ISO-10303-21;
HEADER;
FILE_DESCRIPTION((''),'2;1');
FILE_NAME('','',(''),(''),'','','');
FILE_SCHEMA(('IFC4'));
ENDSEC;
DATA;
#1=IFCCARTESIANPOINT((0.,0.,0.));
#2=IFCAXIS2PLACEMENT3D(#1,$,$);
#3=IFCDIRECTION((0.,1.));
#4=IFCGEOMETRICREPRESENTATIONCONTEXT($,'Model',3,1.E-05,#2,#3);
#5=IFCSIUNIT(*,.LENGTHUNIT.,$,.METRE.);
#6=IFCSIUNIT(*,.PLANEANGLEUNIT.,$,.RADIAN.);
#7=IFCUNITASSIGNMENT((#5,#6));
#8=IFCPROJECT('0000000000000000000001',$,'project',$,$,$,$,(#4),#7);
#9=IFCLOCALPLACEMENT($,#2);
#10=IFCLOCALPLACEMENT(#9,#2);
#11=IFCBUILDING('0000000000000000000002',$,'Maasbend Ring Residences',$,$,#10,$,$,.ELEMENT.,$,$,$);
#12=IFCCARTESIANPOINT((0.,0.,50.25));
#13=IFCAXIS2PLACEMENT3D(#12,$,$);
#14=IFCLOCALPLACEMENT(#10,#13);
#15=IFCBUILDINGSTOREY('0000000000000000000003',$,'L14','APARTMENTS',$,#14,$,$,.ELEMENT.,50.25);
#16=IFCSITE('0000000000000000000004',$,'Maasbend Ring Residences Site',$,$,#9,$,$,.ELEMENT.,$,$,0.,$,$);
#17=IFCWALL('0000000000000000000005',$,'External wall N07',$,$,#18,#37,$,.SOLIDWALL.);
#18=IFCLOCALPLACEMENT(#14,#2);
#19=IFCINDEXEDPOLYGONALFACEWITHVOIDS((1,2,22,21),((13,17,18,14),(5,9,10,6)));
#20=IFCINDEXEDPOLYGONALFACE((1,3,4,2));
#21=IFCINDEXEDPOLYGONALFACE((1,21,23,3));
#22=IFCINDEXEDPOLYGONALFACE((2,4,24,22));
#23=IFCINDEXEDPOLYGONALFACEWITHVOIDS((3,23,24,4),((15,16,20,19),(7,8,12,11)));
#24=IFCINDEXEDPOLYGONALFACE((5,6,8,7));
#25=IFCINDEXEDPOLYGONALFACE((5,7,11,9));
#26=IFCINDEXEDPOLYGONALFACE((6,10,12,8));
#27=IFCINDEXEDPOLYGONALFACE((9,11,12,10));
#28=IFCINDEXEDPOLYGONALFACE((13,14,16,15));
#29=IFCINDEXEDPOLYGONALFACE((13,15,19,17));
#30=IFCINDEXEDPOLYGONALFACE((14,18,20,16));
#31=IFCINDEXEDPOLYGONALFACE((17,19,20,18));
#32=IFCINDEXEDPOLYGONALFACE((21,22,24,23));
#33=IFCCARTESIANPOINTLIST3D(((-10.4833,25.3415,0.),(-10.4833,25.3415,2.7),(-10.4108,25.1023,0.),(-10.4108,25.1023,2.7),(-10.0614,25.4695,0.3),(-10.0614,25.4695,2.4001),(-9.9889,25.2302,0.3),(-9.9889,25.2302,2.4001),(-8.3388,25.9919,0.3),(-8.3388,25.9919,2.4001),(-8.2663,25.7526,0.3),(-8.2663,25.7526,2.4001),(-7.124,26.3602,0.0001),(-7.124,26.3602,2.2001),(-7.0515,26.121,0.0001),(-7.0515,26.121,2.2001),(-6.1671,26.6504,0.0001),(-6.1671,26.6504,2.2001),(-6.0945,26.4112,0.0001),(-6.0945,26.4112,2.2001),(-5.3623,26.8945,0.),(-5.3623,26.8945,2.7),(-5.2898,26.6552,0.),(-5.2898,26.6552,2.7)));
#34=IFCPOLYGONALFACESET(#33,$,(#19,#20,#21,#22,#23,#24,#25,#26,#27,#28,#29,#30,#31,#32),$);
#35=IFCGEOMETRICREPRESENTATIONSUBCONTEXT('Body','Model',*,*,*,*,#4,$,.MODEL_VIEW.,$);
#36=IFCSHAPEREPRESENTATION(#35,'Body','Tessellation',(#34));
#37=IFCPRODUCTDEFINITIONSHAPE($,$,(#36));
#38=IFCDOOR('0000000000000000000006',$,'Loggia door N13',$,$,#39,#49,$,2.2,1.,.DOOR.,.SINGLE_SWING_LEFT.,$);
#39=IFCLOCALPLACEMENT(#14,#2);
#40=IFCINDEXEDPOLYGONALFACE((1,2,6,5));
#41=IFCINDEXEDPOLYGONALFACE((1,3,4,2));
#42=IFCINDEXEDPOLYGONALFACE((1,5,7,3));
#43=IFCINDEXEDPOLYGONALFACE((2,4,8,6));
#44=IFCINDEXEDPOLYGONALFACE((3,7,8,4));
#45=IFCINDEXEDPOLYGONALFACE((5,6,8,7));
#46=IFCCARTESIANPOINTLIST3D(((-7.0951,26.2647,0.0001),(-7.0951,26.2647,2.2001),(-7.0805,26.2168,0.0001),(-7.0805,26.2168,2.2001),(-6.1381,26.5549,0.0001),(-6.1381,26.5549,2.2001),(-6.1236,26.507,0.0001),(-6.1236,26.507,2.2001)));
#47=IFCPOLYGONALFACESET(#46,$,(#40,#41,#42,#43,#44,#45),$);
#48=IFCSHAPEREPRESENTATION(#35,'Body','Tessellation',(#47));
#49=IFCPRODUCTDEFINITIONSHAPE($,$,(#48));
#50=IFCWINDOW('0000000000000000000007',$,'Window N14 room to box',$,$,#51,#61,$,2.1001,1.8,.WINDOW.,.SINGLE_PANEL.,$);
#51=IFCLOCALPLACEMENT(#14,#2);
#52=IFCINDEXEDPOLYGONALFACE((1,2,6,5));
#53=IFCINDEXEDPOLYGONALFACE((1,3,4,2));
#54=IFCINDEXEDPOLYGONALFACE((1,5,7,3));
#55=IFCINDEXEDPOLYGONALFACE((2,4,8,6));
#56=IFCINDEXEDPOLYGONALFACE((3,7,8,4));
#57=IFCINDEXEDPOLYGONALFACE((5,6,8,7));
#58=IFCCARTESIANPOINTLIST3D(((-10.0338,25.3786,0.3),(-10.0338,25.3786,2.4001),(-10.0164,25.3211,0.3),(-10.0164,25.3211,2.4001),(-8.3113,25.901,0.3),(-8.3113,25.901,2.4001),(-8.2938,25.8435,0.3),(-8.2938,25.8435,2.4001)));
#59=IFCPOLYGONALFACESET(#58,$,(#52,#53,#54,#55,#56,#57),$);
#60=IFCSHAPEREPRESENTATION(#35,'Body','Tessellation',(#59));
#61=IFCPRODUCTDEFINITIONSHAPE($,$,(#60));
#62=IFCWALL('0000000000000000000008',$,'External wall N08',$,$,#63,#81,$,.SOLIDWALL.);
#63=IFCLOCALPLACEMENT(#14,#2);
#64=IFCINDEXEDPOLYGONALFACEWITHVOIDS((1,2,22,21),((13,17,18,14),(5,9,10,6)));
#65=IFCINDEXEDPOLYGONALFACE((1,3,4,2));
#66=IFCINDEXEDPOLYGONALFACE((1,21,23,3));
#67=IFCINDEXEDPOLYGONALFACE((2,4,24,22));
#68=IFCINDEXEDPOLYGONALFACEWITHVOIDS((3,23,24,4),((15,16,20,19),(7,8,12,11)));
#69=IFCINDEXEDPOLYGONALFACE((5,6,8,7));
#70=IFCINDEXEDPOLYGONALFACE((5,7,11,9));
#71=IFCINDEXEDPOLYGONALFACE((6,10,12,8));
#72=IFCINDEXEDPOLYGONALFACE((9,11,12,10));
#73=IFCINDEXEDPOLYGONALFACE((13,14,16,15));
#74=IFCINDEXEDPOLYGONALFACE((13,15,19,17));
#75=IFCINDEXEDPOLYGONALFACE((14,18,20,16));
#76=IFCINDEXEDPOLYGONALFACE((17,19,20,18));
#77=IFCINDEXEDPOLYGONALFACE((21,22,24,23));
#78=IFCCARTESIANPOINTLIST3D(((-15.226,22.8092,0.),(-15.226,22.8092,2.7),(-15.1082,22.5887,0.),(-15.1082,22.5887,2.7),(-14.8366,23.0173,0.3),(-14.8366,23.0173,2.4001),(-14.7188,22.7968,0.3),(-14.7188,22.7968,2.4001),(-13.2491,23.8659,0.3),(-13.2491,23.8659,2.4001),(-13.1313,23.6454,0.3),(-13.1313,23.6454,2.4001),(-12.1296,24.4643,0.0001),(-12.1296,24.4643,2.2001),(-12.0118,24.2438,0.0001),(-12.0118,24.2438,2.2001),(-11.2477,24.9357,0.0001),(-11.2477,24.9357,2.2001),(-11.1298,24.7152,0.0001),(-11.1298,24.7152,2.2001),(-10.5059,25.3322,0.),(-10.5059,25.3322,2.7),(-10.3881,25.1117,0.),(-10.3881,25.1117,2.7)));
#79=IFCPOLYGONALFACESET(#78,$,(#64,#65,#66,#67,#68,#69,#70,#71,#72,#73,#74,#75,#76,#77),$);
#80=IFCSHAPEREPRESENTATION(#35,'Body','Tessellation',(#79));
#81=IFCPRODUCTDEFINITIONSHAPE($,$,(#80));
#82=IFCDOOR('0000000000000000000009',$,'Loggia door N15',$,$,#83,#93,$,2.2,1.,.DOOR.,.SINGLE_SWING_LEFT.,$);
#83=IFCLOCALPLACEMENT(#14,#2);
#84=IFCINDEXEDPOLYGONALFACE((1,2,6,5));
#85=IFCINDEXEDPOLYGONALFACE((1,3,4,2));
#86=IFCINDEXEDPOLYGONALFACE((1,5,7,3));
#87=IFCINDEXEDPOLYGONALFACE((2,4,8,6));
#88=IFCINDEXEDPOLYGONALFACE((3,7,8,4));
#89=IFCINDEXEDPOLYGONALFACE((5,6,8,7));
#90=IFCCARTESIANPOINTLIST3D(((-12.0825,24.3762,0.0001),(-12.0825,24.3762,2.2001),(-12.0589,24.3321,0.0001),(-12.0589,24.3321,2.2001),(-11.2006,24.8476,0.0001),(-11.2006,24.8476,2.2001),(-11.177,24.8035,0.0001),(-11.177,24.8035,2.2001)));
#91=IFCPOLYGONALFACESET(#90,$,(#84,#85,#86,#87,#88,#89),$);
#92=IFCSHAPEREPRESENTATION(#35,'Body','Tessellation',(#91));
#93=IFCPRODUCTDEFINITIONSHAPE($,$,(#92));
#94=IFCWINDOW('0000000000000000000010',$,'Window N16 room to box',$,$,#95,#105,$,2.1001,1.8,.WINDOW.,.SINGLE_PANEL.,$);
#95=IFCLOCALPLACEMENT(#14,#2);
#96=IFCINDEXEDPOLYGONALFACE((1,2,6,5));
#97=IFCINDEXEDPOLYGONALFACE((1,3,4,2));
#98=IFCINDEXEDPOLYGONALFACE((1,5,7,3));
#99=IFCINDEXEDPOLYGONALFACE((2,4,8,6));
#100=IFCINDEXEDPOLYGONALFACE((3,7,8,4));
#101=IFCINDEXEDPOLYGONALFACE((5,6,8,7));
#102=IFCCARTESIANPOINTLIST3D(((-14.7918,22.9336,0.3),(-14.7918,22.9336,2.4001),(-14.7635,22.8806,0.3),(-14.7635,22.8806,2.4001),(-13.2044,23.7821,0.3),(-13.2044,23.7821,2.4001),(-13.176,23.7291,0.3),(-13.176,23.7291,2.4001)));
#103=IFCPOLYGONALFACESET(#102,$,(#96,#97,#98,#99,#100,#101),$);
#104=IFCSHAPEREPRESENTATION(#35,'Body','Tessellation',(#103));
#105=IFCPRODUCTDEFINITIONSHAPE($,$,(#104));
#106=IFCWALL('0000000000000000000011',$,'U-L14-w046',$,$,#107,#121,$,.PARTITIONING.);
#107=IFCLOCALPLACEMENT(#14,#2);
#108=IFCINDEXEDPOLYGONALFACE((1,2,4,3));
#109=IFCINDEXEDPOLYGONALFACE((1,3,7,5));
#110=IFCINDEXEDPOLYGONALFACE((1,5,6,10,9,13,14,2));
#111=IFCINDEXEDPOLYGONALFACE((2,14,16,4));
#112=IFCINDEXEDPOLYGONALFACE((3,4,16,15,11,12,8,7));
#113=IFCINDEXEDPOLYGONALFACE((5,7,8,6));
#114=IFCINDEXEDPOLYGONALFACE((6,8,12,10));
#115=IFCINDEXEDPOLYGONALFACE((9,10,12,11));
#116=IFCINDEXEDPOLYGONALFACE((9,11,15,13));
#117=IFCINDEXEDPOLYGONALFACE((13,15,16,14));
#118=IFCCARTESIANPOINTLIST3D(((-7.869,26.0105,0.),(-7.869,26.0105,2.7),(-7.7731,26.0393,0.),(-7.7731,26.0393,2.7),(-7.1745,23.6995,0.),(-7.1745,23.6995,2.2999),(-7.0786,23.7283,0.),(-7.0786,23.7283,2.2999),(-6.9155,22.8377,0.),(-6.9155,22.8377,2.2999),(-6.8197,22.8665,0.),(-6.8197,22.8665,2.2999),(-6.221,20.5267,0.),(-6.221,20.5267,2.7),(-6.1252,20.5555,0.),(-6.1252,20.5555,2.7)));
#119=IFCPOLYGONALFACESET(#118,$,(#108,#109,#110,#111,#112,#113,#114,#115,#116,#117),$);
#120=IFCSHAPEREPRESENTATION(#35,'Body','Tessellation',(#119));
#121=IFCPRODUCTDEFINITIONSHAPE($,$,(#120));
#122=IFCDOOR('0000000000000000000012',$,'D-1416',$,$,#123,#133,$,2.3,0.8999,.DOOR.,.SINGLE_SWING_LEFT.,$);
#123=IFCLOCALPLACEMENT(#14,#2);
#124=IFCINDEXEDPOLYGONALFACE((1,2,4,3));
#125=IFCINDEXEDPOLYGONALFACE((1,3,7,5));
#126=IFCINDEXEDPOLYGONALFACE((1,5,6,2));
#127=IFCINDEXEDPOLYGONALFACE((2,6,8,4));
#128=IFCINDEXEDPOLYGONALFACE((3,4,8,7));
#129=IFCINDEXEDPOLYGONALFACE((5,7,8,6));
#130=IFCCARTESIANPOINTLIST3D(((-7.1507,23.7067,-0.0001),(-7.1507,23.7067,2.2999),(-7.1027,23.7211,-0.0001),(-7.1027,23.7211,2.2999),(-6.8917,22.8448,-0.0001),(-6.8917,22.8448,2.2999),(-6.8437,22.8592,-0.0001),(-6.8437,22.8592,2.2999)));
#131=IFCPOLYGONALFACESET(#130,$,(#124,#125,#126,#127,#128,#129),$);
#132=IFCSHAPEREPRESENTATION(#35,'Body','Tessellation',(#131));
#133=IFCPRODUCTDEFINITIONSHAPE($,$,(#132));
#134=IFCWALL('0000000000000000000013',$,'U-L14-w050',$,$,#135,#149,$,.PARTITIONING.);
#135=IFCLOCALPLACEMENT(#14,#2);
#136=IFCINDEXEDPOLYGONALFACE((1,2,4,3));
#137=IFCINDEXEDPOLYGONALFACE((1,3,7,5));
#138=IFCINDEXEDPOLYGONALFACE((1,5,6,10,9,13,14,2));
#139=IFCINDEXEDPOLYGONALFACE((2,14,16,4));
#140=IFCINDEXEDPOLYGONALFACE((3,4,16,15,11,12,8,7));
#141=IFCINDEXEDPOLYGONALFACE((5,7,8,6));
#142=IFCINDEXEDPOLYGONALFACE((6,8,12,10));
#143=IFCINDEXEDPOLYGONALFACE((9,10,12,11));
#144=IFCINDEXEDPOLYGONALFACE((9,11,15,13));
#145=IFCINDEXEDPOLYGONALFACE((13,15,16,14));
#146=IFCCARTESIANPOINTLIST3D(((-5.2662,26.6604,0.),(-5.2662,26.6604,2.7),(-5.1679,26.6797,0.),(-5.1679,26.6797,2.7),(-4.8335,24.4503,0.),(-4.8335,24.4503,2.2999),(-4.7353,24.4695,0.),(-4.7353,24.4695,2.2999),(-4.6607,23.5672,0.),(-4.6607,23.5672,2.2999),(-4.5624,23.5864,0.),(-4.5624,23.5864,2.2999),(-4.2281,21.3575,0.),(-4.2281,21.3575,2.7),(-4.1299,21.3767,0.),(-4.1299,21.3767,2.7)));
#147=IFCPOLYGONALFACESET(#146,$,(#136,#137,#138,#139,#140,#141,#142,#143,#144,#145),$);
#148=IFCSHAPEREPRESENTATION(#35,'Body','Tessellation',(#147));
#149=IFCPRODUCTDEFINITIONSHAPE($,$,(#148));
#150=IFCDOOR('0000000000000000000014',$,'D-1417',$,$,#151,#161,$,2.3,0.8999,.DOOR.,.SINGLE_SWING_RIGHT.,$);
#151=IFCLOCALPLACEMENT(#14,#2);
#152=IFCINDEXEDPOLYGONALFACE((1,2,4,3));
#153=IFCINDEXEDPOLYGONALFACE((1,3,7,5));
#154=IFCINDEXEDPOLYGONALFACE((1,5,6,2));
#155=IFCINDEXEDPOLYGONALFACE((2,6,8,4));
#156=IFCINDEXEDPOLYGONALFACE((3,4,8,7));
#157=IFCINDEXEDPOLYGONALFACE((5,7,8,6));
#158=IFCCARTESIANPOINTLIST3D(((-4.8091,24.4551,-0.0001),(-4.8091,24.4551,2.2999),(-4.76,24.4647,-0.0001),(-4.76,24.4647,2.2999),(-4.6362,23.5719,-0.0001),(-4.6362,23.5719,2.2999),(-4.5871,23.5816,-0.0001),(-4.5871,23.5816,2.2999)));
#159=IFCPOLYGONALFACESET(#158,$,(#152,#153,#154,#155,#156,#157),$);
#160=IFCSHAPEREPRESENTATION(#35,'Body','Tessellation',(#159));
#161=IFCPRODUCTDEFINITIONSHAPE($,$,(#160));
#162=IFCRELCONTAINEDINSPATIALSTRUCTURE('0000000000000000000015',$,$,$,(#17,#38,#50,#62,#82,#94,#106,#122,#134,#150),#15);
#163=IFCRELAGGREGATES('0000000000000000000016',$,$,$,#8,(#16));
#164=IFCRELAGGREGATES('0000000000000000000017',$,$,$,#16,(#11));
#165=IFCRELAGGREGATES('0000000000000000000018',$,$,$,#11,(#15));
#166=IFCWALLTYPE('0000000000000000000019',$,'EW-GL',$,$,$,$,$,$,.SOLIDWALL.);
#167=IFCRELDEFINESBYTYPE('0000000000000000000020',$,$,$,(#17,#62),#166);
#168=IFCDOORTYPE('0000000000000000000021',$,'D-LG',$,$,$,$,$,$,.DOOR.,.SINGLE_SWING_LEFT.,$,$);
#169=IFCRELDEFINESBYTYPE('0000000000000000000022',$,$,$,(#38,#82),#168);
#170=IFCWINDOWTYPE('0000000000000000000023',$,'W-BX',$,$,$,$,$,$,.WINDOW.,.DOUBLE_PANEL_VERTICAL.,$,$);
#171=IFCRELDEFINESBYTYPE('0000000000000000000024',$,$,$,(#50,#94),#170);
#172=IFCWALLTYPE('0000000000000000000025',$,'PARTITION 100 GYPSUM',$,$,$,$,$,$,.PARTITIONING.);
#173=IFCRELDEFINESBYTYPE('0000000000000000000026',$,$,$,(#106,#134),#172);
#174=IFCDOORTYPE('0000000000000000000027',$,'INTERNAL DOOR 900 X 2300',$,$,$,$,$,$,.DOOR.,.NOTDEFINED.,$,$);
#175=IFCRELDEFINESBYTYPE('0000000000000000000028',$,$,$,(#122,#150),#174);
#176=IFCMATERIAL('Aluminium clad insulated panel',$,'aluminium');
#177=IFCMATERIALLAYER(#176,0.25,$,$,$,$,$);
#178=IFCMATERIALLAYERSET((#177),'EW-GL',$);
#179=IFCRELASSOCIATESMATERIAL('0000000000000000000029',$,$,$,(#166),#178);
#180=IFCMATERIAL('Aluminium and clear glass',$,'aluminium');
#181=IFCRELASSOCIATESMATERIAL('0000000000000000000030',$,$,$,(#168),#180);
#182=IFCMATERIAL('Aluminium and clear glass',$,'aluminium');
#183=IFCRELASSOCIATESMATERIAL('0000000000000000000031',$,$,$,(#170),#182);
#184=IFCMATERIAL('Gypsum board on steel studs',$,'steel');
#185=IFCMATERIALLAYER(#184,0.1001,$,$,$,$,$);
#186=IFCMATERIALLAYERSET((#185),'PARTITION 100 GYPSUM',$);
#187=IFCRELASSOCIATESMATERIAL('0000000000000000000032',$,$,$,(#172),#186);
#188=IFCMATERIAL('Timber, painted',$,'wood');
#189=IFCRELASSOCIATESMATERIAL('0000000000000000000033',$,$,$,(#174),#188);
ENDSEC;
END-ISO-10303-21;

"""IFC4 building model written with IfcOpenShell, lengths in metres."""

from ifc_helpers import new_model, si_unit, direction, frame, frame_2d, origin, place, context, subcontext, project, spatial, rectangle, extrude, material, layer, layer_set, type_object, element, fill, save


model = new_model("IFC4")

# Units and contexts
model_context = context("Model", 3, precision=1e-05, world=origin(), true_north=direction((0.0, 1.0)))
body_context = subcontext(model_context, "Body", "Model", "MODEL_VIEW")
ifc_project = project(units=[si_unit("LENGTHUNIT", "METRE"), si_unit("PLANEANGLEUNIT", "RADIAN")], contexts=[model_context])

# Site, building, storey
site_placement = place(None, origin())
site = spatial("IfcSite", under=ifc_project, at=site_placement, Name="Maasbend Ring Residences Site", CompositionType="ELEMENT", RefElevation=0.0)
building_placement = place(site_placement, origin())
building = spatial("IfcBuilding", under=site, at=building_placement, Name="Maasbend Ring Residences", CompositionType="ELEMENT")
storey_placement = place(building_placement, frame((0.0, 0.0, 50.25)))
storey = spatial("IfcBuildingStorey", under=building, at=storey_placement, Name="L14", Description="APARTMENTS", CompositionType="ELEMENT", Elevation=50.25)

# Walls, openings, doors, windows
ifc_material_1 = material(Name="Aluminium clad insulated panel", Category="aluminium")
ifc_layer_1 = layer(ifc_material_1, 0.25)
ifc_layer_set_1 = layer_set([ifc_layer_1], Name="EW-GL")
wall_type_1 = type_object("IfcWallType", Name="EW-GL", PredefinedType="SOLIDWALL", material=ifc_layer_set_1)
wall_1_placement = place(storey_placement, frame((-5.3259, 26.7749, 0.0), z_axis=(0.0, 0.0, 1.0), x_axis=(-0.956966, -0.290201, 0.0)))
wall_1 = element("IfcWall", 1, at=wall_1_placement, inside=storey, type_object=wall_type_1, Name="External wall N07", PredefinedType="SOLIDWALL", context=body_context, shape_type="SweptSolid", body=[
    extrude(rectangle(XDim=5.3513, YDim=0.25, at=frame_2d((2.6758, 0.0))), origin(), (0.0, 0.0, 1.0), 2.7),
])
opening_1_placement = place(wall_1_placement, frame((0.8411, 0.0, 0.0)))
opening_1 = element("IfcOpeningElement", 2, at=opening_1_placement, cuts=wall_1, PredefinedType="OPENING", context=body_context, shape_type="SweptSolid", body=[
    extrude(rectangle(XDim=1.0, YDim=2.2, at=frame_2d((0.5, 1.1001))), frame((0.0, 0.135, 0.0), z_axis=(0.0, -1.0, 0.0), x_axis=(1.0, 0.0, 0.0)), (0.0, 0.0, 1.0), 0.27),
])
opening_2_placement = place(wall_1_placement, frame((3.1106, 0.0, 0.3)))
opening_2 = element("IfcOpeningElement", 3, at=opening_2_placement, cuts=wall_1, PredefinedType="OPENING", context=body_context, shape_type="SweptSolid", body=[
    extrude(rectangle(XDim=1.8, YDim=2.1001, at=frame_2d((0.8999, 1.05))), frame((0.0, 0.135, 0.0), z_axis=(0.0, -1.0, 0.0), x_axis=(1.0, 0.0, 0.0)), (0.0, 0.0, 1.0), 0.27),
])
ifc_material_2 = material(Name="Aluminium and clear glass", Category="aluminium")
door_type_1 = type_object("IfcDoorType", Name="D-LG", OperationType="SINGLE_SWING_LEFT", PredefinedType="DOOR", material=ifc_material_2)
door_1_placement = place(opening_1_placement, origin())
door_1 = element("IfcDoor", 4, at=door_1_placement, inside=storey, type_object=door_type_1, Name="Loggia door N13", OperationType="SINGLE_SWING_LEFT", OverallHeight=2.2, OverallWidth=1.0, PredefinedType="DOOR", context=body_context, shape_type="SweptSolid", body=[
    extrude(rectangle(XDim=1.0, YDim=2.2, at=frame_2d((0.5, 1.1001))), frame((0.0, 0.0249, 0.0), z_axis=(0.0, -1.0, 0.0), x_axis=(1.0, 0.0, 0.0)), (0.0, 0.0, 1.0), 0.05),
])
fill(opening_1, door_1)
ifc_material_3 = material(Name="Aluminium and clear glass", Category="aluminium")
window_type_1 = type_object("IfcWindowType", Name="W-BX", PartitioningType="DOUBLE_PANEL_VERTICAL", PredefinedType="WINDOW", material=ifc_material_3)
window_1_placement = place(opening_2_placement, origin())
window_1 = element("IfcWindow", 5, at=window_1_placement, inside=storey, type_object=window_type_1, Name="Window N14 room to box", OverallHeight=2.1001, OverallWidth=1.8, PartitioningType="SINGLE_PANEL", PredefinedType="WINDOW", context=body_context, shape_type="SweptSolid", body=[
    extrude(rectangle(XDim=1.8, YDim=2.1001, at=frame_2d((0.8999, 1.05))), frame((0.0, 0.03, 0.0), z_axis=(0.0, -1.0, 0.0), x_axis=(1.0, 0.0, 0.0)), (0.0, 0.0, 1.0), 0.0601),
])
fill(opening_2, window_1)
wall_2_placement = place(storey_placement, frame((-10.447, 25.2219, 0.0), z_axis=(0.0, 0.0, 1.0), x_axis=(-0.881916, -0.471407, 0.0)))
wall_2 = element("IfcWall", 6, at=wall_2_placement, inside=storey, type_object=wall_type_1, Name="External wall N08", PredefinedType="SOLIDWALL", context=body_context, shape_type="SweptSolid", body=[
    extrude(rectangle(XDim=5.3521, YDim=0.25, at=frame_2d((2.676, 0.0))), origin(), (0.0, 0.0, 1.0), 2.7),
])
opening_3_placement = place(wall_2_placement, frame((0.8411, 0.0, 0.0)))
opening_3 = element("IfcOpeningElement", 7, at=opening_3_placement, cuts=wall_2, PredefinedType="OPENING", context=body_context, shape_type="SweptSolid", body=[
    extrude(rectangle(XDim=1.0, YDim=2.2, at=frame_2d((0.5, 1.1001))), frame((0.0, 0.135, 0.0), z_axis=(0.0, -1.0, 0.0), x_axis=(1.0, 0.0, 0.0)), (0.0, 0.0, 1.0), 0.27),
])
opening_4_placement = place(wall_2_placement, frame((3.1106, 0.0, 0.3)))
opening_4 = element("IfcOpeningElement", 8, at=opening_4_placement, cuts=wall_2, PredefinedType="OPENING", context=body_context, shape_type="SweptSolid", body=[
    extrude(rectangle(XDim=1.8, YDim=2.1001, at=frame_2d((0.8999, 1.05))), frame((0.0, 0.135, 0.0), z_axis=(0.0, -1.0, 0.0), x_axis=(1.0, 0.0, 0.0)), (0.0, 0.0, 1.0), 0.27),
])
door_2_placement = place(opening_3_placement, origin())
door_2 = element("IfcDoor", 9, at=door_2_placement, inside=storey, type_object=door_type_1, Name="Loggia door N15", OperationType="SINGLE_SWING_LEFT", OverallHeight=2.2, OverallWidth=1.0, PredefinedType="DOOR", context=body_context, shape_type="SweptSolid", body=[
    extrude(rectangle(XDim=1.0, YDim=2.2, at=frame_2d((0.5, 1.1001))), frame((0.0, 0.0249, 0.0), z_axis=(0.0, -1.0, 0.0), x_axis=(1.0, 0.0, 0.0)), (0.0, 0.0, 1.0), 0.05),
])
fill(opening_3, door_2)
window_2_placement = place(opening_4_placement, origin())
window_2 = element("IfcWindow", 10, at=window_2_placement, inside=storey, type_object=window_type_1, Name="Window N16 room to box", OverallHeight=2.1001, OverallWidth=1.8, PartitioningType="SINGLE_PANEL", PredefinedType="WINDOW", context=body_context, shape_type="SweptSolid", body=[
    extrude(rectangle(XDim=1.8, YDim=2.1001, at=frame_2d((0.8999, 1.05))), frame((0.0, 0.03, 0.0), z_axis=(0.0, -1.0, 0.0), x_axis=(1.0, 0.0, 0.0)), (0.0, 0.0, 1.0), 0.0601),
])
fill(opening_4, window_2)

# Walls, openings, doors
ifc_material_4 = material(Name="Gypsum board on steel studs", Category="steel")
ifc_layer_2 = layer(ifc_material_4, 0.1001)
ifc_layer_set_2 = layer_set([ifc_layer_2], Name="PARTITION 100 GYPSUM")
wall_type_2 = type_object("IfcWallType", Name="PARTITION 100 GYPSUM", PredefinedType="PARTITIONING", material=ifc_layer_set_2)
wall_3_placement = place(storey_placement, frame((-7.821, 26.0249, 0.0), z_axis=(0.0, 0.0, 1.0), x_axis=(0.287794, -0.957692, 0.0)))
wall_3 = element("IfcWall", 11, at=wall_3_placement, inside=storey, type_object=wall_type_2, Name="U-L14-w046", PredefinedType="PARTITIONING", context=body_context, shape_type="SweptSolid", body=[
    extrude(rectangle(XDim=5.7261, YDim=0.1001, at=frame_2d((2.863, 0.0))), origin(), (0.0, 0.0, 1.0), 2.7),
])
opening_5_placement = place(wall_3_placement, frame((2.4131, 0.0, 0.0)))
opening_5 = element("IfcOpeningElement", 12, at=opening_5_placement, cuts=wall_3, PredefinedType="OPENING", context=body_context, shape_type="SweptSolid", body=[
    extrude(rectangle(XDim=0.8999, YDim=2.3, at=frame_2d((0.45, 1.1499))), frame((0.0, 0.0601, 0.0), z_axis=(0.0, -1.0, 0.0), x_axis=(1.0, 0.0, 0.0)), (0.0, 0.0, 1.0), 0.1201),
])
ifc_material_5 = material(Name="Timber, painted", Category="wood")
door_type_2 = type_object("IfcDoorType", Name="INTERNAL DOOR 900 X 2300", OperationType="NOTDEFINED", PredefinedType="DOOR", material=ifc_material_5)
door_3_placement = place(opening_5_placement, origin())
door_3 = element("IfcDoor", 13, at=door_3_placement, inside=storey, type_object=door_type_2, Name="D-1416", OperationType="SINGLE_SWING_LEFT", OverallHeight=2.3, OverallWidth=0.8999, PredefinedType="DOOR", context=body_context, shape_type="SweptSolid", body=[
    extrude(rectangle(XDim=0.8999, YDim=2.3, at=frame_2d((0.45, 1.1499))), frame((0.0, 0.0249, 0.0), z_axis=(0.0, -1.0, 0.0), x_axis=(1.0, 0.0, 0.0)), (0.0, 0.0, 1.0), 0.05),
])
fill(opening_5, door_3)
wall_4_placement = place(storey_placement, frame((-5.217, 26.6699, 0.0), z_axis=(0.0, 0.0, 1.0), x_axis=(0.192109, -0.981374, 0.0)))
wall_4 = element("IfcWall", 14, at=wall_4_placement, inside=storey, type_object=wall_type_2, Name="U-L14-w050", PredefinedType="PARTITIONING", context=body_context, shape_type="SweptSolid", body=[
    extrude(rectangle(XDim=5.4036, YDim=0.1001, at=frame_2d((2.7017, 0.0))), origin(), (0.0, 0.0, 1.0), 2.7),
])
opening_6_placement = place(wall_4_placement, frame((2.252, 0.0, 0.0)))
opening_6 = element("IfcOpeningElement", 15, at=opening_6_placement, cuts=wall_4, PredefinedType="OPENING", context=body_context, shape_type="SweptSolid", body=[
    extrude(rectangle(XDim=0.8999, YDim=2.3, at=frame_2d((0.45, 1.1499))), frame((0.0, 0.0601, 0.0), z_axis=(0.0, -1.0, 0.0), x_axis=(1.0, 0.0, 0.0)), (0.0, 0.0, 1.0), 0.1201),
])
door_4_placement = place(opening_6_placement, origin())
door_4 = element("IfcDoor", 16, at=door_4_placement, inside=storey, type_object=door_type_2, Name="D-1417", OperationType="SINGLE_SWING_RIGHT", OverallHeight=2.3, OverallWidth=0.8999, PredefinedType="DOOR", context=body_context, shape_type="SweptSolid", body=[
    extrude(rectangle(XDim=0.8999, YDim=2.3, at=frame_2d((0.45, 1.1499))), frame((0.0, 0.0249, 0.0), z_axis=(0.0, -1.0, 0.0), x_axis=(1.0, 0.0, 0.0)), (0.0, 0.0, 1.0), 0.05),
])
fill(opening_6, door_4)

save(model, "model.ifc")
